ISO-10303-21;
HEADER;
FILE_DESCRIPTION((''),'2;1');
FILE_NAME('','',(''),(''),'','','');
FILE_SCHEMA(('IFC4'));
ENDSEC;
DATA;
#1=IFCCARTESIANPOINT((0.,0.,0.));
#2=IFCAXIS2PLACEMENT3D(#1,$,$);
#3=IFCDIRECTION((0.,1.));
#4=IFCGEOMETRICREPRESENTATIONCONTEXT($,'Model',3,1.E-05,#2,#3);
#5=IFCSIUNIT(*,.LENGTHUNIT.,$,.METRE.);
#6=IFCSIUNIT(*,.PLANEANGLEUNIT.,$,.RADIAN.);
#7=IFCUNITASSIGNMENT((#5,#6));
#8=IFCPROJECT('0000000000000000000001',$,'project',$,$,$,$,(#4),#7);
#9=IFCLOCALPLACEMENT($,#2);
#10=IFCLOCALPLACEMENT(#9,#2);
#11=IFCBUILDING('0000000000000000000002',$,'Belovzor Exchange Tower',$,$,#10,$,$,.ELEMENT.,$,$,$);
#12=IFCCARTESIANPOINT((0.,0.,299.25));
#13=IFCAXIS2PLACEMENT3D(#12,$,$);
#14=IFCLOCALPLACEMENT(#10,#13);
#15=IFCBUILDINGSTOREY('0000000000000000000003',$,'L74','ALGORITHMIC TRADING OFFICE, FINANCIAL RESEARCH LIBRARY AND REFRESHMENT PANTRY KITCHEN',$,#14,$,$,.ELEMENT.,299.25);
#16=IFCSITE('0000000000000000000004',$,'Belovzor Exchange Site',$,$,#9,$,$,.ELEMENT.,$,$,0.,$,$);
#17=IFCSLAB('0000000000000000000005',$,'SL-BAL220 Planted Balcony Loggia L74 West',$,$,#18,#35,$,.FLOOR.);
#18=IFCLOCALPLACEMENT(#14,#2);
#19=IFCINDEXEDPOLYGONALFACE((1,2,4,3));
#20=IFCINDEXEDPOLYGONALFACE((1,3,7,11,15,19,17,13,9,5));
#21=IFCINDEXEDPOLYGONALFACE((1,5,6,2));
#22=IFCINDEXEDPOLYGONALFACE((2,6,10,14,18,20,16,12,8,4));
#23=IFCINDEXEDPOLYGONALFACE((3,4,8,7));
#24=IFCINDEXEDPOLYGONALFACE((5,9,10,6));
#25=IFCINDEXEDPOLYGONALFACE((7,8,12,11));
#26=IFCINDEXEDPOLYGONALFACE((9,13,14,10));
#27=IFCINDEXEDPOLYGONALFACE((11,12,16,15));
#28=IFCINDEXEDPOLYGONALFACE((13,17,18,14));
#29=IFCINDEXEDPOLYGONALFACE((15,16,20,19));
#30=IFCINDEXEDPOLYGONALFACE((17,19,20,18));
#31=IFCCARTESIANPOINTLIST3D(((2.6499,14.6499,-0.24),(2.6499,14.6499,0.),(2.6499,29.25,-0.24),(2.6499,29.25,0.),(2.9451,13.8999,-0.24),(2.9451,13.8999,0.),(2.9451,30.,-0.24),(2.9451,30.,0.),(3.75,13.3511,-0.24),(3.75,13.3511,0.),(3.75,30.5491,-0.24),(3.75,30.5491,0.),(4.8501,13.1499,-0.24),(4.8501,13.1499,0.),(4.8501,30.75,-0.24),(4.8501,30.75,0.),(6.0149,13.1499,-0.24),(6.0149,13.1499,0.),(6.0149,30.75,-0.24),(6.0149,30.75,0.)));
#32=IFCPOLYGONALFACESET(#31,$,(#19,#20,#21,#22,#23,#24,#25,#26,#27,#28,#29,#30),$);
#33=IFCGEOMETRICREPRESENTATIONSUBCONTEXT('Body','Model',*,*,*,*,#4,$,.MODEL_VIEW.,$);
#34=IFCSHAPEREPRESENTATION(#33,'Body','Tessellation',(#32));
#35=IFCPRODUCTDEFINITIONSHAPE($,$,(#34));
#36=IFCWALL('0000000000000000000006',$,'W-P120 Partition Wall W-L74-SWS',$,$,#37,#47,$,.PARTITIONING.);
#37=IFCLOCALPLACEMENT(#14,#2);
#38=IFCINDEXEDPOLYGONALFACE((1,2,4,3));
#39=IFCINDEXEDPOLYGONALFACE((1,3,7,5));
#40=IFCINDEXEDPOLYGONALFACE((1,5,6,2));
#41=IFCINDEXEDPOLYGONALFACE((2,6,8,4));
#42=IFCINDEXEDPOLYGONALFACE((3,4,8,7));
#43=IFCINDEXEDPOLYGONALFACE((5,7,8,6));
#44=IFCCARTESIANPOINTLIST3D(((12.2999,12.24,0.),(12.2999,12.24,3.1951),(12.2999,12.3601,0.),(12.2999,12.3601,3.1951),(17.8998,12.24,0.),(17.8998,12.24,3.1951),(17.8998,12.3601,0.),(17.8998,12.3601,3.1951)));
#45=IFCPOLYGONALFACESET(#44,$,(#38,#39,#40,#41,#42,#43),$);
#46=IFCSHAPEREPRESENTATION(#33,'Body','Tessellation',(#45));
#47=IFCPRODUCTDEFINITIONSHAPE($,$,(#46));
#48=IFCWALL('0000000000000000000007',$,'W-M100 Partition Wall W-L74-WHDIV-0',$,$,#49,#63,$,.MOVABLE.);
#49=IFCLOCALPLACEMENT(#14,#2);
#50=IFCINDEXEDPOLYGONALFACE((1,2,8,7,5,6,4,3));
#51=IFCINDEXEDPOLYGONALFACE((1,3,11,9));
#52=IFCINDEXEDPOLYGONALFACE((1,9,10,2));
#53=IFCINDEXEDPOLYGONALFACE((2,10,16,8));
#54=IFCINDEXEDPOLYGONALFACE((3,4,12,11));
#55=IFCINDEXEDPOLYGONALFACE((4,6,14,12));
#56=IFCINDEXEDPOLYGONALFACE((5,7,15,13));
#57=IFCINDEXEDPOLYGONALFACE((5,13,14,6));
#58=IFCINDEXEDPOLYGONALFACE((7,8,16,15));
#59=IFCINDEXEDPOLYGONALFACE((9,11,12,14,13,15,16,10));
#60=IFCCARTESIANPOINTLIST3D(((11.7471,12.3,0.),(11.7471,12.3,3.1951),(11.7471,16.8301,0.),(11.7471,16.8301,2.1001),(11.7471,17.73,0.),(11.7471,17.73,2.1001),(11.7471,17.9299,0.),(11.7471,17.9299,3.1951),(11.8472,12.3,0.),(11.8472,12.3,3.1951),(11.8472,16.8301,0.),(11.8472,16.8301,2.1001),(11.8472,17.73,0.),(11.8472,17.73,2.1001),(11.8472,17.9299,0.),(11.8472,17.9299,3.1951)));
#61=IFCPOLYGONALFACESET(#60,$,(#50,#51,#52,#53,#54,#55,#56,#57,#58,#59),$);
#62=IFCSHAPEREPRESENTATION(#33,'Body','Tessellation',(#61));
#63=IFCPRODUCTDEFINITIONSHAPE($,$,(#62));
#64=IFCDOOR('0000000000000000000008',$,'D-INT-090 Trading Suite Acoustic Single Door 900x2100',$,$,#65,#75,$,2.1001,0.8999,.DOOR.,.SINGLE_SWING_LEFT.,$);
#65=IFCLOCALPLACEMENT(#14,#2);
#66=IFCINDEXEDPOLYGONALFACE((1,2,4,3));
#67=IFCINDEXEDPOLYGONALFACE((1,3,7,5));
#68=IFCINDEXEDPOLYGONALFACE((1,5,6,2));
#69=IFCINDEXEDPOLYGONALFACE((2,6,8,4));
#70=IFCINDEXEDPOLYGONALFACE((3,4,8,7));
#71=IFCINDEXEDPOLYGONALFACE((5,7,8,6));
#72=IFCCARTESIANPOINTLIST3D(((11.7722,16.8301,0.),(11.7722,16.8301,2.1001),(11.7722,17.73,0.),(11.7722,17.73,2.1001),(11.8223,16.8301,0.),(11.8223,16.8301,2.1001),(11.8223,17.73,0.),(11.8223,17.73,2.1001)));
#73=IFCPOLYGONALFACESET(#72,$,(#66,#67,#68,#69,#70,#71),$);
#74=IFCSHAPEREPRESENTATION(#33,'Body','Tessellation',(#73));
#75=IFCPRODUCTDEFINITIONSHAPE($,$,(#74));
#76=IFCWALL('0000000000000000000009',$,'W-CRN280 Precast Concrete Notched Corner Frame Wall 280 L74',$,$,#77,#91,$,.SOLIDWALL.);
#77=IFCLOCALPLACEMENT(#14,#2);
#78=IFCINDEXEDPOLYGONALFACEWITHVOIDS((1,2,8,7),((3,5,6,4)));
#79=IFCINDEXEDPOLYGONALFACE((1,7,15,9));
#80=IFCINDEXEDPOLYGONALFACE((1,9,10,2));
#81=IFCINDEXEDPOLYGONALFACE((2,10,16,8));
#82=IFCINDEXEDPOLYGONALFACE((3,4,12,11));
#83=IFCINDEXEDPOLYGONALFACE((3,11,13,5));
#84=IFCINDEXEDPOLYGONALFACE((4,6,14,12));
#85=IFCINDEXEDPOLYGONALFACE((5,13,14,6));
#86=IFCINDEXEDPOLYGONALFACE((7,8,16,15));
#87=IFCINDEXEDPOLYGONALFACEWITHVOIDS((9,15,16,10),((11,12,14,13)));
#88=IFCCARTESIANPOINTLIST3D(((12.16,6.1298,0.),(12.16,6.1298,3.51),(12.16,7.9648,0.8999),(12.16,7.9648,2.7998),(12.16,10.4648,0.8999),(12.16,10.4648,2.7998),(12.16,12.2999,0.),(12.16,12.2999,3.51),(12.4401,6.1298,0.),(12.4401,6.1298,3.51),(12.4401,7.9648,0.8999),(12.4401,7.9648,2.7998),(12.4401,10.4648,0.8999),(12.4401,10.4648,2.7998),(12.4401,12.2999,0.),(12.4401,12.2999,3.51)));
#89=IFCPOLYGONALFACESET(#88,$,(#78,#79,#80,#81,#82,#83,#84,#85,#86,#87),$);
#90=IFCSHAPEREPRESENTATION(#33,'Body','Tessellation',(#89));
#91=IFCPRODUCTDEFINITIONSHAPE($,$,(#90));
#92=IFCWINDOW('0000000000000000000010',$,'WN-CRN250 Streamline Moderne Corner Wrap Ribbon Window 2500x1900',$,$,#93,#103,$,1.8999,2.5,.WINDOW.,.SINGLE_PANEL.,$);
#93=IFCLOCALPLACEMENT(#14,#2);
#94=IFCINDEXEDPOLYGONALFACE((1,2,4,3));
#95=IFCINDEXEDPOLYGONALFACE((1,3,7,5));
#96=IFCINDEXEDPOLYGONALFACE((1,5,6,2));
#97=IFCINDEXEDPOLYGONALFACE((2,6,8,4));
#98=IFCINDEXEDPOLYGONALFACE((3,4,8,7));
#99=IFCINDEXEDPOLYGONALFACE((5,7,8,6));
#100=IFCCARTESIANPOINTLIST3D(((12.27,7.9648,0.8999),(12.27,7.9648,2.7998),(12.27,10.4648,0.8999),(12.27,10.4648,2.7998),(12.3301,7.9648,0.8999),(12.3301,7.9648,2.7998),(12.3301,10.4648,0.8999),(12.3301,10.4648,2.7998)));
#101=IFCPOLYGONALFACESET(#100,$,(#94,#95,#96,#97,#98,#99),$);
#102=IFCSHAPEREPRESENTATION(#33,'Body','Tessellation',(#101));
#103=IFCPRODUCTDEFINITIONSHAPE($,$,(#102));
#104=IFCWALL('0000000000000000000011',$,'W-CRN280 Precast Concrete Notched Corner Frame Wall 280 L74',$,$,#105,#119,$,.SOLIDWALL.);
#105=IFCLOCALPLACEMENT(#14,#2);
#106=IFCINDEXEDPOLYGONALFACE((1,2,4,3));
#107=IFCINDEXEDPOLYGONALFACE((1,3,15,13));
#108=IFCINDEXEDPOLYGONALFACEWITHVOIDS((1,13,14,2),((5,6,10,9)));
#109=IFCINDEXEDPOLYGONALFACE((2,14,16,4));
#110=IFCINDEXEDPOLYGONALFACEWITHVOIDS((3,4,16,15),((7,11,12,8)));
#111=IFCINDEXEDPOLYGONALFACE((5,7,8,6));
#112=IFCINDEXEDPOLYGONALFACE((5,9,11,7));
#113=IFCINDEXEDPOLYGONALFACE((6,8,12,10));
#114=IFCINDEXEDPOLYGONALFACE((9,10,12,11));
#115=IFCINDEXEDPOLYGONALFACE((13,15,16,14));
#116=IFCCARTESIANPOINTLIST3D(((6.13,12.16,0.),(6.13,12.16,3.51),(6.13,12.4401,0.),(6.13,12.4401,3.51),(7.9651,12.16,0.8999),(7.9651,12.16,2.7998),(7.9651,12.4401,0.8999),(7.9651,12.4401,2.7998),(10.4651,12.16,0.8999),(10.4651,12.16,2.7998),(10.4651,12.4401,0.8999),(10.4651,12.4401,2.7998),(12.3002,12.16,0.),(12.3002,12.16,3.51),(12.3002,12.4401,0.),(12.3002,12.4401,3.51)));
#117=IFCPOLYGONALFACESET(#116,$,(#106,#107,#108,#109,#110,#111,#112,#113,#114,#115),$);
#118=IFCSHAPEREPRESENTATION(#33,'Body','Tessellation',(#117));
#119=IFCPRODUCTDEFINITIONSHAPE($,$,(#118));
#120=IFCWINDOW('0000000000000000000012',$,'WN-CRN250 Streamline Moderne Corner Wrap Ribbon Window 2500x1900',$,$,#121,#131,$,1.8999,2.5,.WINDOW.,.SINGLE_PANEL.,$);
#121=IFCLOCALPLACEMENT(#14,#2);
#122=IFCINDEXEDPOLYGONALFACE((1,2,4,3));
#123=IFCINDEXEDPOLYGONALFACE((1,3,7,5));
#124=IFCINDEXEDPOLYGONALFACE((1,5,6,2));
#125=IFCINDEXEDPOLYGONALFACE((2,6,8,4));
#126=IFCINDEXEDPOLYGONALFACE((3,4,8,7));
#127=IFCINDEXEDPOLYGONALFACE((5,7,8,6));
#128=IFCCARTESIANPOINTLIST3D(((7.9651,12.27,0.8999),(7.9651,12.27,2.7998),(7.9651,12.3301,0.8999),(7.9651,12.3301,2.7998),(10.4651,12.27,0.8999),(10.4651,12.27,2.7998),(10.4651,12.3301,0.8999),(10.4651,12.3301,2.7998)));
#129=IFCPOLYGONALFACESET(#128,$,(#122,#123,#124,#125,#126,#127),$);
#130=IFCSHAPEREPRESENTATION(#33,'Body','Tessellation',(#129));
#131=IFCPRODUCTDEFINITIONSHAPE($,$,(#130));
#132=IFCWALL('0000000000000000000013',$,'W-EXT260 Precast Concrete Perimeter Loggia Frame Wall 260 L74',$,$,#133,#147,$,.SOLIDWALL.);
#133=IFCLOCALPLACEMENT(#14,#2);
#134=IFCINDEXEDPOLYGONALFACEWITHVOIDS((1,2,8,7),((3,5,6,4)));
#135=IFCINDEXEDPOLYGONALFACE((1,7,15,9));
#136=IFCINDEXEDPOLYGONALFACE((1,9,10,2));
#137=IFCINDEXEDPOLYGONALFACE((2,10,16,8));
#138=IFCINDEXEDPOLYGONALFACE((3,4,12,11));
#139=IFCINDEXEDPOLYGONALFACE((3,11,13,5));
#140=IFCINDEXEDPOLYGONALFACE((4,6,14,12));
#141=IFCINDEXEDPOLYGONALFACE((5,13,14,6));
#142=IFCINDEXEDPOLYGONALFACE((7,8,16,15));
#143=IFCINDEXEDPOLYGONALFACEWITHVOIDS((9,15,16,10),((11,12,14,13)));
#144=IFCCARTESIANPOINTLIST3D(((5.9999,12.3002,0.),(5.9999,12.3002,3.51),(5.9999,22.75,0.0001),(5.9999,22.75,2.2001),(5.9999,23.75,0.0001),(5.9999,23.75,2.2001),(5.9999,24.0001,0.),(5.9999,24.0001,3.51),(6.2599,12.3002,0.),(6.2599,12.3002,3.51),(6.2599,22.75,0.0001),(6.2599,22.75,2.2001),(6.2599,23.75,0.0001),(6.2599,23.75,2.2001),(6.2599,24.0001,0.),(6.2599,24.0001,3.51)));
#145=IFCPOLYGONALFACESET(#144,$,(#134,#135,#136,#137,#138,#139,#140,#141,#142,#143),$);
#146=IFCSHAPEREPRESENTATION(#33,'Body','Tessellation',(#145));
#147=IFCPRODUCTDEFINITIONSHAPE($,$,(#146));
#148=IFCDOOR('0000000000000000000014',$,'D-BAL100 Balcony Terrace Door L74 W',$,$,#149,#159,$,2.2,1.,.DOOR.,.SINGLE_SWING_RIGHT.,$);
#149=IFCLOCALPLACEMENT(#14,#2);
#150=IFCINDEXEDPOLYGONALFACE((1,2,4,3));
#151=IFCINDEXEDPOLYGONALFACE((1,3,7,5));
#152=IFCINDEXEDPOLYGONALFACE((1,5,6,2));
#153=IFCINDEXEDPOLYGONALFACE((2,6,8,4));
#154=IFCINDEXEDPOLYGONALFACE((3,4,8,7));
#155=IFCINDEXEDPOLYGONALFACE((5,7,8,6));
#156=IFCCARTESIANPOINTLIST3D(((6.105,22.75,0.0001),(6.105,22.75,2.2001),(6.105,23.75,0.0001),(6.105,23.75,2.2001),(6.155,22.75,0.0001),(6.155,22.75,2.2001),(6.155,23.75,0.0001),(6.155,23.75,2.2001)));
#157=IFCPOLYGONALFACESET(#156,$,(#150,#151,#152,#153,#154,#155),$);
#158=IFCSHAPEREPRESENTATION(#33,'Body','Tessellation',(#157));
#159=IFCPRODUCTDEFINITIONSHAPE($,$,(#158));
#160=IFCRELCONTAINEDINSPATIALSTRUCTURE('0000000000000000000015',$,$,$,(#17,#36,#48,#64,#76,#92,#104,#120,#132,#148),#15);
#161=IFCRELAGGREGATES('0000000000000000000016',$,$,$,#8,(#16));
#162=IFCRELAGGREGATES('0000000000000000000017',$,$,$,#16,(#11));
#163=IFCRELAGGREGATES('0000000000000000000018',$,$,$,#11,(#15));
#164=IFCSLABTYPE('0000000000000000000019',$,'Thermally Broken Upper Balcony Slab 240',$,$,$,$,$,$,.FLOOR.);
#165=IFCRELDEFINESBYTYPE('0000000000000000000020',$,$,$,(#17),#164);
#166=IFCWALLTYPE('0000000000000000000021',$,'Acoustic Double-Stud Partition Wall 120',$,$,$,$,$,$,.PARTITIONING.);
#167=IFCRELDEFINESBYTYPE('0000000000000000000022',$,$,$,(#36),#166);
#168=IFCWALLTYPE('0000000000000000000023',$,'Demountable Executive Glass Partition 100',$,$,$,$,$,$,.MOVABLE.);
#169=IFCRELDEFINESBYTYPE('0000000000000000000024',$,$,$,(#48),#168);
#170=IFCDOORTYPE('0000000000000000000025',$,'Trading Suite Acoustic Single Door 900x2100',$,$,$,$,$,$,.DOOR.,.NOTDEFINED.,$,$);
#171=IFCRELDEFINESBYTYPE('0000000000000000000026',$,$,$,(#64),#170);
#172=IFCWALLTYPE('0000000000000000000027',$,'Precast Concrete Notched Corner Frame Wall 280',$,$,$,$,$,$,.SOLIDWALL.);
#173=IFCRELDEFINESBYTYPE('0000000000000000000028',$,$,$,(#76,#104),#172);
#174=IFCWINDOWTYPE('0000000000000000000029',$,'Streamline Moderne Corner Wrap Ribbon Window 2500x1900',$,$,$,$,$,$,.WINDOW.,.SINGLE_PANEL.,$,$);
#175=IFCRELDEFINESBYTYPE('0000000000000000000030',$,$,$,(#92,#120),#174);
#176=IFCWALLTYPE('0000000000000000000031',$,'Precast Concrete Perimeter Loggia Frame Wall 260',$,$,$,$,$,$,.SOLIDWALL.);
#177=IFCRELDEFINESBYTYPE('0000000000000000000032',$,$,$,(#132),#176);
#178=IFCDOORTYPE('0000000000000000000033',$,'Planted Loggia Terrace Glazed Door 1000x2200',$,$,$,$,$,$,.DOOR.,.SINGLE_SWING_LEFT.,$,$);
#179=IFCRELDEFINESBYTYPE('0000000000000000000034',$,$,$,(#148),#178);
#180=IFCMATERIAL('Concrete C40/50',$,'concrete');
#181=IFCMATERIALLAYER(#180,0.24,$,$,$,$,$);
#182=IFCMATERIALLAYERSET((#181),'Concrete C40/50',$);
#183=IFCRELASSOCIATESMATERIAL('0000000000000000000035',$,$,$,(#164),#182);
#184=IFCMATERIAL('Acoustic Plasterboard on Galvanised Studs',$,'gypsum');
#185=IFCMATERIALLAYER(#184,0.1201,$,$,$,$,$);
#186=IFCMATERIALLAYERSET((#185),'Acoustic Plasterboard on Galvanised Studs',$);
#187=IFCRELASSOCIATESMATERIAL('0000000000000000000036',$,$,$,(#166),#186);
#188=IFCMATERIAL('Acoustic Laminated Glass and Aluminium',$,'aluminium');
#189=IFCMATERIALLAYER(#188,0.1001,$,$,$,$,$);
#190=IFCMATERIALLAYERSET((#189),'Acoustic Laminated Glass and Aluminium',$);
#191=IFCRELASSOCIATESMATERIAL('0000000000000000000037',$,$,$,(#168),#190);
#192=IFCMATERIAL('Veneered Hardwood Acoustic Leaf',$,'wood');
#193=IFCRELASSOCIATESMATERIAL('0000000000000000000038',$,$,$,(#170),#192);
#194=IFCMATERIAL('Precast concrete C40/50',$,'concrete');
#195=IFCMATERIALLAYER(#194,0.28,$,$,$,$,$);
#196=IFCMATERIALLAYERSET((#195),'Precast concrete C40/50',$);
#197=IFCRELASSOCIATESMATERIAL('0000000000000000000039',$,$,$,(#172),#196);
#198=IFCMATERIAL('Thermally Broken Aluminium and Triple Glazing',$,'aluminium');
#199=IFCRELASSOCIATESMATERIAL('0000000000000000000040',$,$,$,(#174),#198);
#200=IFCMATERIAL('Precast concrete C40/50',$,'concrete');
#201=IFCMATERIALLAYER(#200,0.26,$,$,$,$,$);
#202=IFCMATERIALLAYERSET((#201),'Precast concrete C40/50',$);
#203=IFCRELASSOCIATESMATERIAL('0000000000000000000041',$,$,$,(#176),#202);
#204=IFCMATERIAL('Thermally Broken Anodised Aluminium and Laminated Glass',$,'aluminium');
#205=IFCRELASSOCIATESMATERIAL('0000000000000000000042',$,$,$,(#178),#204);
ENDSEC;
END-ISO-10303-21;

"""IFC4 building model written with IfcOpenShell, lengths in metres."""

from ifc_helpers import new_model, si_unit, direction, frame, frame_2d, origin, place, context, subcontext, project, spatial, polyline, rectangle, outline, extrude, material, layer, layer_set, type_object, element, fill, save


model = new_model("IFC4")

# Units and contexts
model_context = context("Model", 3, precision=1e-05, world=origin(), true_north=direction((0.0, 1.0)))
body_context = subcontext(model_context, "Body", "Model", "MODEL_VIEW")
ifc_project = project(units=[si_unit("LENGTHUNIT", "METRE"), si_unit("PLANEANGLEUNIT", "RADIAN")], contexts=[model_context])

# Site, building, storey
site_placement = place(None, origin())
site = spatial("IfcSite", under=ifc_project, at=site_placement, Name="Belovzor Exchange Site", CompositionType="ELEMENT", RefElevation=0.0)
building_placement = place(site_placement, origin())
building = spatial("IfcBuilding", under=site, at=building_placement, Name="Belovzor Exchange Tower", CompositionType="ELEMENT")
storey_placement = place(building_placement, frame((0.0, 0.0, 299.25)))
storey = spatial("IfcBuildingStorey", under=building, at=storey_placement, Name="L74", Description="ALGORITHMIC TRADING OFFICE, FINANCIAL RESEARCH LIBRARY AND REFRESHMENT PANTRY KITCHEN", CompositionType="ELEMENT", Elevation=299.25)

# Slab
ifc_material_1 = material(Name="Concrete C40/50", Category="concrete")
ifc_layer_1 = layer(ifc_material_1, 0.24)
ifc_layer_set_1 = layer_set([ifc_layer_1], Name="Concrete C40/50")
slab_type_1 = type_object("IfcSlabType", Name="Thermally Broken Upper Balcony Slab 240", PredefinedType="FLOOR", material=ifc_layer_set_1)
slab_1_placement = place(storey_placement, frame((0.0, 0.0, -0.24)))
element("IfcSlab", 1, at=slab_1_placement, inside=storey, type_object=slab_type_1, Name="SL-BAL220 Planted Balcony Loggia L74 West", PredefinedType="FLOOR", context=body_context, shape_type="SweptSolid", body=[
    extrude(outline(polyline([(6.0149, 30.75), (4.8501, 30.75), (3.75, 30.5491), (2.9451, 30.0), (2.6499, 29.25), (2.6499, 14.6499), (2.9451, 13.8999), (3.75, 13.3511), (4.8501, 13.1499), (6.0149, 13.1499), (6.0149, 30.75)])), origin(), (0.0, 0.0, 1.0), 0.24),
])

# Wall
ifc_material_2 = material(Name="Acoustic Plasterboard on Galvanised Studs", Category="gypsum")
ifc_layer_2 = layer(ifc_material_2, 0.1201)
ifc_layer_set_2 = layer_set([ifc_layer_2], Name="Acoustic Plasterboard on Galvanised Studs")
wall_type_1 = type_object("IfcWallType", Name="Acoustic Double-Stud Partition Wall 120", PredefinedType="PARTITIONING", material=ifc_layer_set_2)
wall_1_placement = place(storey_placement, frame((12.3, 12.3, 0.0), z_axis=(0.0, 0.0, 1.0), x_axis=(1.0, 0.0, 0.0)))
element("IfcWall", 2, at=wall_1_placement, inside=storey, type_object=wall_type_1, Name="W-P120 Partition Wall W-L74-SWS", PredefinedType="PARTITIONING", context=body_context, shape_type="SweptSolid", body=[
    extrude(rectangle(XDim=5.5999, YDim=0.1201, at=frame_2d((2.7998, 0.0))), origin(), (0.0, 0.0, 1.0), 3.1951),
])

# Wall, opening, door
ifc_material_3 = material(Name="Acoustic Laminated Glass and Aluminium", Category="aluminium")
ifc_layer_3 = layer(ifc_material_3, 0.1001)
ifc_layer_set_3 = layer_set([ifc_layer_3], Name="Acoustic Laminated Glass and Aluminium")
wall_type_2 = type_object("IfcWallType", Name="Demountable Executive Glass Partition 100", PredefinedType="MOVABLE", material=ifc_layer_set_3)
wall_2_placement = place(storey_placement, frame((11.7971, 12.3, 0.0), z_axis=(0.0, 0.0, 1.0), x_axis=(0.0, 1.0, 0.0)))
wall_2 = element("IfcWall", 3, at=wall_2_placement, inside=storey, type_object=wall_type_2, Name="W-M100 Partition Wall W-L74-WHDIV-0", PredefinedType="MOVABLE", context=body_context, shape_type="SweptSolid", body=[
    extrude(rectangle(XDim=5.6299, YDim=0.1001, at=frame_2d((2.8149, 0.0))), origin(), (0.0, 0.0, 1.0), 3.1951),
])
opening_1_placement = place(wall_2_placement, frame((4.53, 0.0, 0.0)))
opening_1 = element("IfcOpeningElement", 4, at=opening_1_placement, cuts=wall_2, PredefinedType="OPENING", context=body_context, shape_type="SweptSolid", body=[
    extrude(rectangle(XDim=0.8999, YDim=2.1001, at=frame_2d((0.45, 1.05))), frame((0.0, 0.0601, 0.0), z_axis=(0.0, -1.0, 0.0), x_axis=(1.0, 0.0, 0.0)), (0.0, 0.0, 1.0), 0.1201),
])
ifc_material_4 = material(Name="Veneered Hardwood Acoustic Leaf", Category="wood")
door_type_1 = type_object("IfcDoorType", Name="Trading Suite Acoustic Single Door 900x2100", OperationType="NOTDEFINED", PredefinedType="DOOR", material=ifc_material_4)
door_1_placement = place(opening_1_placement, origin())
door_1 = element("IfcDoor", 5, at=door_1_placement, inside=storey, type_object=door_type_1, Name="D-INT-090 Trading Suite Acoustic Single Door 900x2100", OperationType="SINGLE_SWING_LEFT", OverallHeight=2.1001, OverallWidth=0.8999, PredefinedType="DOOR", context=body_context, shape_type="SweptSolid", body=[
    extrude(rectangle(XDim=0.8999, YDim=2.1001, at=frame_2d((0.45, 1.05))), frame((0.0, 0.0249, 0.0), z_axis=(0.0, -1.0, 0.0), x_axis=(1.0, 0.0, 0.0)), (0.0, 0.0, 1.0), 0.05),
])
fill(opening_1, door_1)

# Walls, openings, windows
ifc_material_5 = material(Name="Precast concrete C40/50", Category="concrete")
ifc_layer_4 = layer(ifc_material_5, 0.28)
ifc_layer_set_4 = layer_set([ifc_layer_4], Name="Precast concrete C40/50")
wall_type_3 = type_object("IfcWallType", Name="Precast Concrete Notched Corner Frame Wall 280", PredefinedType="SOLIDWALL", material=ifc_layer_set_4)
wall_3_placement = place(storey_placement, frame((12.3, 6.1299, 0.0), z_axis=(0.0, 0.0, 1.0), x_axis=(0.0, 1.0, 0.0)))
wall_3 = element("IfcWall", 6, at=wall_3_placement, inside=storey, type_object=wall_type_3, Name="W-CRN280 Precast Concrete Notched Corner Frame Wall 280 L74", PredefinedType="SOLIDWALL", context=body_context, shape_type="SweptSolid", body=[
    extrude(rectangle(XDim=6.1702, YDim=0.28, at=frame_2d((3.085, 0.0))), origin(), (0.0, 0.0, 1.0), 3.51),
])
opening_2_placement = place(wall_3_placement, frame((1.835, 0.0, 0.8999)))
opening_2 = element("IfcOpeningElement", 7, at=opening_2_placement, cuts=wall_3, PredefinedType="OPENING", context=body_context, shape_type="SweptSolid", body=[
    extrude(rectangle(XDim=2.5, YDim=1.8999, at=frame_2d((1.25, 0.95))), frame((0.0, 0.1499, 0.0), z_axis=(0.0, -1.0, 0.0), x_axis=(1.0, 0.0, 0.0)), (0.0, 0.0, 1.0), 0.3),
])
ifc_material_6 = material(Name="Thermally Broken Aluminium and Triple Glazing", Category="aluminium")
window_type = type_object("IfcWindowType", Name="Streamline Moderne Corner Wrap Ribbon Window 2500x1900", PartitioningType="SINGLE_PANEL", PredefinedType="WINDOW", material=ifc_material_6)
window_1_placement = place(opening_2_placement, origin())
window_1 = element("IfcWindow", 8, at=window_1_placement, inside=storey, type_object=window_type, Name="WN-CRN250 Streamline Moderne Corner Wrap Ribbon Window 2500x1900", OverallHeight=1.8999, OverallWidth=2.5, PartitioningType="SINGLE_PANEL", PredefinedType="WINDOW", context=body_context, shape_type="SweptSolid", body=[
    extrude(rectangle(XDim=2.5, YDim=1.8999, at=frame_2d((1.25, 0.95))), frame((0.0, 0.03, 0.0), z_axis=(0.0, -1.0, 0.0), x_axis=(1.0, 0.0, 0.0)), (0.0, 0.0, 1.0), 0.0601),
])
fill(opening_2, window_1)
wall_4_placement = place(storey_placement, frame((12.3, 12.3, 0.0), z_axis=(0.0, 0.0, 1.0), x_axis=(-1.0, 0.0, 0.0)))
wall_4 = element("IfcWall", 9, at=wall_4_placement, inside=storey, type_object=wall_type_3, Name="W-CRN280 Precast Concrete Notched Corner Frame Wall 280 L74", PredefinedType="SOLIDWALL", context=body_context, shape_type="SweptSolid", body=[
    extrude(rectangle(XDim=6.1702, YDim=0.28, at=frame_2d((3.085, 0.0))), origin(), (0.0, 0.0, 1.0), 3.51),
])
opening_3_placement = place(wall_4_placement, frame((1.835, 0.0, 0.8999)))
opening_3 = element("IfcOpeningElement", 10, at=opening_3_placement, cuts=wall_4, PredefinedType="OPENING", context=body_context, shape_type="SweptSolid", body=[
    extrude(rectangle(XDim=2.5, YDim=1.8999, at=frame_2d((1.25, 0.95))), frame((0.0, 0.1499, 0.0), z_axis=(0.0, -1.0, 0.0), x_axis=(1.0, 0.0, 0.0)), (0.0, 0.0, 1.0), 0.3),
])
window_2_placement = place(opening_3_placement, origin())
window_2 = element("IfcWindow", 11, at=window_2_placement, inside=storey, type_object=window_type, Name="WN-CRN250 Streamline Moderne Corner Wrap Ribbon Window 2500x1900", OverallHeight=1.8999, OverallWidth=2.5, PartitioningType="SINGLE_PANEL", PredefinedType="WINDOW", context=body_context, shape_type="SweptSolid", body=[
    extrude(rectangle(XDim=2.5, YDim=1.8999, at=frame_2d((1.25, 0.95))), frame((0.0, 0.03, 0.0), z_axis=(0.0, -1.0, 0.0), x_axis=(1.0, 0.0, 0.0)), (0.0, 0.0, 1.0), 0.0601),
])
fill(opening_3, window_2)

# Wall, opening, door
ifc_material_7 = material(Name="Precast concrete C40/50", Category="concrete")
ifc_layer_5 = layer(ifc_material_7, 0.26)
ifc_layer_set_5 = layer_set([ifc_layer_5], Name="Precast concrete C40/50")
wall_type_4 = type_object("IfcWallType", Name="Precast Concrete Perimeter Loggia Frame Wall 260", PredefinedType="SOLIDWALL", material=ifc_layer_set_5)
wall_5_placement = place(storey_placement, frame((6.1299, 12.3, 0.0), z_axis=(0.0, 0.0, 1.0), x_axis=(0.0, 1.0, 0.0)))
wall_5 = element("IfcWall", 12, at=wall_5_placement, inside=storey, type_object=wall_type_4, Name="W-EXT260 Precast Concrete Perimeter Loggia Frame Wall 260 L74", PredefinedType="SOLIDWALL", context=body_context, shape_type="SweptSolid", body=[
    extrude(rectangle(XDim=11.7, YDim=0.26, at=frame_2d((5.8501, 0.0))), origin(), (0.0, 0.0, 1.0), 3.51),
])
opening_4_placement = place(wall_5_placement, frame((10.45, 0.0, 0.0)))
opening_4 = element("IfcOpeningElement", 13, at=opening_4_placement, cuts=wall_5, PredefinedType="OPENING", context=body_context, shape_type="SweptSolid", body=[
    extrude(rectangle(XDim=1.0, YDim=2.2, at=frame_2d((0.5, 1.1001))), frame((0.0, 0.1399, 0.0), z_axis=(0.0, -1.0, 0.0), x_axis=(1.0, 0.0, 0.0)), (0.0, 0.0, 1.0), 0.28),
])
ifc_material_8 = material(Name="Thermally Broken Anodised Aluminium and Laminated Glass", Category="aluminium")
door_type_2 = type_object("IfcDoorType", Name="Planted Loggia Terrace Glazed Door 1000x2200", OperationType="SINGLE_SWING_LEFT", PredefinedType="DOOR", material=ifc_material_8)
door_2_placement = place(opening_4_placement, origin())
door_2 = element("IfcDoor", 14, at=door_2_placement, inside=storey, type_object=door_type_2, Name="D-BAL100 Balcony Terrace Door L74 W", OperationType="SINGLE_SWING_RIGHT", OverallHeight=2.2, OverallWidth=1.0, PredefinedType="DOOR", context=body_context, shape_type="SweptSolid", body=[
    extrude(rectangle(XDim=1.0, YDim=2.2, at=frame_2d((0.5, 1.1001))), frame((0.0, 0.0249, 0.0), z_axis=(0.0, -1.0, 0.0), x_axis=(1.0, 0.0, 0.0)), (0.0, 0.0, 1.0), 0.05),
])
fill(opening_4, door_2)

save(model, "model.ifc")
